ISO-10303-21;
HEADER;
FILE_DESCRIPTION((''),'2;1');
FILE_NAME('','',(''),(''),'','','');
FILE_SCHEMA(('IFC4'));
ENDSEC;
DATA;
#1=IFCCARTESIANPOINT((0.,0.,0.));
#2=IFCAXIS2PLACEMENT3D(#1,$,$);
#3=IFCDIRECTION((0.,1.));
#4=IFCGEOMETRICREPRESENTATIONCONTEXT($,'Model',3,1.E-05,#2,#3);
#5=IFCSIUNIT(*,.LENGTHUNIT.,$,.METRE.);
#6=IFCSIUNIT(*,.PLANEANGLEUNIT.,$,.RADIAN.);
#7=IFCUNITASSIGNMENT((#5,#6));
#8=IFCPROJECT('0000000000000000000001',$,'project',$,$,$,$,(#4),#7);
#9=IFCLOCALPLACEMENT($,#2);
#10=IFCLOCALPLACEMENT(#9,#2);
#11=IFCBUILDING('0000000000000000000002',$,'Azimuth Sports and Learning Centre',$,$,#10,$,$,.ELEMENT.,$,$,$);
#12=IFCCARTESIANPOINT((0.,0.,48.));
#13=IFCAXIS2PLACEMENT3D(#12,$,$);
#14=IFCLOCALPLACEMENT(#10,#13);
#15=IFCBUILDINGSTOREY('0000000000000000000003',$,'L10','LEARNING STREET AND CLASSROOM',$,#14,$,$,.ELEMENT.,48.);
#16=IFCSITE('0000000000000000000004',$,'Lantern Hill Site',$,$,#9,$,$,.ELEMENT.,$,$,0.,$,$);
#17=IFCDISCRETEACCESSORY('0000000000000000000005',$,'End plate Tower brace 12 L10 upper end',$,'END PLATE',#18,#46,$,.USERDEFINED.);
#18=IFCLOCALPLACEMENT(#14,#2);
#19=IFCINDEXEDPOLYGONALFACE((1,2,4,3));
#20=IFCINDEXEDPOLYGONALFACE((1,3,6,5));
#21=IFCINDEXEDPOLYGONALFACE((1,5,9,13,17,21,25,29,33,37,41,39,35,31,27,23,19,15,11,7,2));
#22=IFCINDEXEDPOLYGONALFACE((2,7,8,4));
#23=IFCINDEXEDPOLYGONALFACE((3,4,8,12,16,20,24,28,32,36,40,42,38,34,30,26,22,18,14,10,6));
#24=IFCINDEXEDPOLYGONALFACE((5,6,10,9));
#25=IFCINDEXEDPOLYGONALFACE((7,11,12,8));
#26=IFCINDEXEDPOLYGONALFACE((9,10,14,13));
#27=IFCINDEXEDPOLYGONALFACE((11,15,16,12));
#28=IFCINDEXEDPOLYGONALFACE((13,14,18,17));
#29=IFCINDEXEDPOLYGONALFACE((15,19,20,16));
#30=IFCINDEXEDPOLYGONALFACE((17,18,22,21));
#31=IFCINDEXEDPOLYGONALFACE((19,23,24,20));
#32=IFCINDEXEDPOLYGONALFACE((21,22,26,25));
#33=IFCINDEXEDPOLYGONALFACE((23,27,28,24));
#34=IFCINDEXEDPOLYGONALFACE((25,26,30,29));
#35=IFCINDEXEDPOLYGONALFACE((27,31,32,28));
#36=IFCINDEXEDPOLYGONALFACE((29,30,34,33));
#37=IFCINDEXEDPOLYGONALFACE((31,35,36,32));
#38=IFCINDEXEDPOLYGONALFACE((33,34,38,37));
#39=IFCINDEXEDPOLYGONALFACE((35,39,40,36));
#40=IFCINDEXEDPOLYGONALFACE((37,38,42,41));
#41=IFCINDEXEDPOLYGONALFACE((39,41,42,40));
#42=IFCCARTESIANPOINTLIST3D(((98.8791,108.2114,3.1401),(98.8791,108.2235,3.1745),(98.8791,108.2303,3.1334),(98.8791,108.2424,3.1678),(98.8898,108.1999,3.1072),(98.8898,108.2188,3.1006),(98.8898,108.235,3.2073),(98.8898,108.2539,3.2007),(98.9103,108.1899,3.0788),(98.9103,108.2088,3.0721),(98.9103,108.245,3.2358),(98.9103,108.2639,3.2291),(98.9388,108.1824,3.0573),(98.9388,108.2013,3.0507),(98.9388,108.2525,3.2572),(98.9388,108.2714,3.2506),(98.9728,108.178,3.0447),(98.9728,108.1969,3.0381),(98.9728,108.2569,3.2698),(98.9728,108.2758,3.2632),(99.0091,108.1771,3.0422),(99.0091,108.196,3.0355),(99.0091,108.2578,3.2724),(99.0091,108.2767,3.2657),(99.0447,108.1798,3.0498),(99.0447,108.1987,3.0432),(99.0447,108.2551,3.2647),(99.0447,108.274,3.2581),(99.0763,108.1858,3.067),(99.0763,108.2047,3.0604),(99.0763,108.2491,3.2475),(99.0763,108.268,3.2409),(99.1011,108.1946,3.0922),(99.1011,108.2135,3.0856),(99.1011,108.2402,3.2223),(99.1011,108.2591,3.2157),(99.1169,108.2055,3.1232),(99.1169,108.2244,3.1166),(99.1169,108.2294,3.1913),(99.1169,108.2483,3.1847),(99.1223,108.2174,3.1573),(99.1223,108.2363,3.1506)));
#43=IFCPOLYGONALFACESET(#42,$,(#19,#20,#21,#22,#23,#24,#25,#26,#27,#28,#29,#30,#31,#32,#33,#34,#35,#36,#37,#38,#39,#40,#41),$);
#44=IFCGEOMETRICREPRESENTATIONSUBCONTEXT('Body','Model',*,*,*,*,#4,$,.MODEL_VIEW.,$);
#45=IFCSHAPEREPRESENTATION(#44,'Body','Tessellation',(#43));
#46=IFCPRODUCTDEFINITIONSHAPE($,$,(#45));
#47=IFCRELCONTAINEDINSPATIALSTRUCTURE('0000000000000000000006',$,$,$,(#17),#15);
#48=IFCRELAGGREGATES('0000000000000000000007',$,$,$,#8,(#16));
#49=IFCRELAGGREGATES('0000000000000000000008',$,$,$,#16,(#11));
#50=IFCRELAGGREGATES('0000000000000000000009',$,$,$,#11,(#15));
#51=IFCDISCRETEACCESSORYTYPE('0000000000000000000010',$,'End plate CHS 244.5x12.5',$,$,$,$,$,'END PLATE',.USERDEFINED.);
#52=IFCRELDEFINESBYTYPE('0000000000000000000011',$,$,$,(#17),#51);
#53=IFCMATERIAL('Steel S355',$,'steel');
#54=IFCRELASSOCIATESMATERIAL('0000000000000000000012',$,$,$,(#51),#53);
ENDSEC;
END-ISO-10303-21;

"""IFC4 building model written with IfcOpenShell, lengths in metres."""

from ifc_helpers import new_model, si_unit, direction, frame, origin, origin_2d, place, context, subcontext, project, spatial, circle, extrude, material, material_profile, profile_set, type_object, element, save


model = new_model("IFC4")

# Units and contexts
model_context = context("Model", 3, precision=1e-05, world=origin(), true_north=direction((0.0, 1.0)))
body_context = subcontext(model_context, "Body", "Model", "MODEL_VIEW")
ifc_project = project(units=[si_unit("LENGTHUNIT", "METRE"), si_unit("PLANEANGLEUNIT", "RADIAN")], contexts=[model_context])

# Site, building, storey
site_placement = place(None, origin())
site = spatial("IfcSite", under=ifc_project, at=site_placement, Name="Lantern Hill Site", CompositionType="ELEMENT", RefElevation=0.0)
building_placement = place(site_placement, origin())
building = spatial("IfcBuilding", under=site, at=building_placement, Name="Azimuth Sports and Learning Centre", CompositionType="ELEMENT")
storey_placement = place(building_placement, frame((0.0, 0.0, 48.0)))
storey = spatial("IfcBuildingStorey", under=building, at=storey_placement, Name="L10", Description="LEARNING STREET AND CLASSROOM", CompositionType="ELEMENT", Elevation=48.0)

# Discrete accessory
ifc_material_1 = material(Name="Steel S355", Category="steel")
ifc_material_profile_1 = material_profile(ifc_material_1, circle(Radius=0.1223, at=origin_2d()), Name="PL 244 DISC")
ifc_profile_set_1 = profile_set([ifc_material_profile_1], Name="Steel S355")
discrete_accessory_type = type_object("IfcDiscreteAccessoryType", Name="End plate CHS 244.5x12.5", ElementType="END PLATE", PredefinedType="USERDEFINED", material=ifc_profile_set_1)
discrete_accessory_placement = place(storey_placement, frame((99.0, 108.2363, 3.1506), z_axis=(0.0, -0.943667, 0.330896), x_axis=(1.0, 0.0, 0.0)))
element("IfcDiscreteAccessory", 1, at=discrete_accessory_placement, inside=storey, type_object=discrete_accessory_type, Name="End plate Tower brace 12 L10 upper end", ObjectType="END PLATE", PredefinedType="USERDEFINED", context=body_context, shape_type="SweptSolid", body=[
    extrude(circle(Radius=0.1223, at=origin_2d()), origin(), (0.0, 0.0, 1.0), 0.02),
])

save(model, "model.ifc")
